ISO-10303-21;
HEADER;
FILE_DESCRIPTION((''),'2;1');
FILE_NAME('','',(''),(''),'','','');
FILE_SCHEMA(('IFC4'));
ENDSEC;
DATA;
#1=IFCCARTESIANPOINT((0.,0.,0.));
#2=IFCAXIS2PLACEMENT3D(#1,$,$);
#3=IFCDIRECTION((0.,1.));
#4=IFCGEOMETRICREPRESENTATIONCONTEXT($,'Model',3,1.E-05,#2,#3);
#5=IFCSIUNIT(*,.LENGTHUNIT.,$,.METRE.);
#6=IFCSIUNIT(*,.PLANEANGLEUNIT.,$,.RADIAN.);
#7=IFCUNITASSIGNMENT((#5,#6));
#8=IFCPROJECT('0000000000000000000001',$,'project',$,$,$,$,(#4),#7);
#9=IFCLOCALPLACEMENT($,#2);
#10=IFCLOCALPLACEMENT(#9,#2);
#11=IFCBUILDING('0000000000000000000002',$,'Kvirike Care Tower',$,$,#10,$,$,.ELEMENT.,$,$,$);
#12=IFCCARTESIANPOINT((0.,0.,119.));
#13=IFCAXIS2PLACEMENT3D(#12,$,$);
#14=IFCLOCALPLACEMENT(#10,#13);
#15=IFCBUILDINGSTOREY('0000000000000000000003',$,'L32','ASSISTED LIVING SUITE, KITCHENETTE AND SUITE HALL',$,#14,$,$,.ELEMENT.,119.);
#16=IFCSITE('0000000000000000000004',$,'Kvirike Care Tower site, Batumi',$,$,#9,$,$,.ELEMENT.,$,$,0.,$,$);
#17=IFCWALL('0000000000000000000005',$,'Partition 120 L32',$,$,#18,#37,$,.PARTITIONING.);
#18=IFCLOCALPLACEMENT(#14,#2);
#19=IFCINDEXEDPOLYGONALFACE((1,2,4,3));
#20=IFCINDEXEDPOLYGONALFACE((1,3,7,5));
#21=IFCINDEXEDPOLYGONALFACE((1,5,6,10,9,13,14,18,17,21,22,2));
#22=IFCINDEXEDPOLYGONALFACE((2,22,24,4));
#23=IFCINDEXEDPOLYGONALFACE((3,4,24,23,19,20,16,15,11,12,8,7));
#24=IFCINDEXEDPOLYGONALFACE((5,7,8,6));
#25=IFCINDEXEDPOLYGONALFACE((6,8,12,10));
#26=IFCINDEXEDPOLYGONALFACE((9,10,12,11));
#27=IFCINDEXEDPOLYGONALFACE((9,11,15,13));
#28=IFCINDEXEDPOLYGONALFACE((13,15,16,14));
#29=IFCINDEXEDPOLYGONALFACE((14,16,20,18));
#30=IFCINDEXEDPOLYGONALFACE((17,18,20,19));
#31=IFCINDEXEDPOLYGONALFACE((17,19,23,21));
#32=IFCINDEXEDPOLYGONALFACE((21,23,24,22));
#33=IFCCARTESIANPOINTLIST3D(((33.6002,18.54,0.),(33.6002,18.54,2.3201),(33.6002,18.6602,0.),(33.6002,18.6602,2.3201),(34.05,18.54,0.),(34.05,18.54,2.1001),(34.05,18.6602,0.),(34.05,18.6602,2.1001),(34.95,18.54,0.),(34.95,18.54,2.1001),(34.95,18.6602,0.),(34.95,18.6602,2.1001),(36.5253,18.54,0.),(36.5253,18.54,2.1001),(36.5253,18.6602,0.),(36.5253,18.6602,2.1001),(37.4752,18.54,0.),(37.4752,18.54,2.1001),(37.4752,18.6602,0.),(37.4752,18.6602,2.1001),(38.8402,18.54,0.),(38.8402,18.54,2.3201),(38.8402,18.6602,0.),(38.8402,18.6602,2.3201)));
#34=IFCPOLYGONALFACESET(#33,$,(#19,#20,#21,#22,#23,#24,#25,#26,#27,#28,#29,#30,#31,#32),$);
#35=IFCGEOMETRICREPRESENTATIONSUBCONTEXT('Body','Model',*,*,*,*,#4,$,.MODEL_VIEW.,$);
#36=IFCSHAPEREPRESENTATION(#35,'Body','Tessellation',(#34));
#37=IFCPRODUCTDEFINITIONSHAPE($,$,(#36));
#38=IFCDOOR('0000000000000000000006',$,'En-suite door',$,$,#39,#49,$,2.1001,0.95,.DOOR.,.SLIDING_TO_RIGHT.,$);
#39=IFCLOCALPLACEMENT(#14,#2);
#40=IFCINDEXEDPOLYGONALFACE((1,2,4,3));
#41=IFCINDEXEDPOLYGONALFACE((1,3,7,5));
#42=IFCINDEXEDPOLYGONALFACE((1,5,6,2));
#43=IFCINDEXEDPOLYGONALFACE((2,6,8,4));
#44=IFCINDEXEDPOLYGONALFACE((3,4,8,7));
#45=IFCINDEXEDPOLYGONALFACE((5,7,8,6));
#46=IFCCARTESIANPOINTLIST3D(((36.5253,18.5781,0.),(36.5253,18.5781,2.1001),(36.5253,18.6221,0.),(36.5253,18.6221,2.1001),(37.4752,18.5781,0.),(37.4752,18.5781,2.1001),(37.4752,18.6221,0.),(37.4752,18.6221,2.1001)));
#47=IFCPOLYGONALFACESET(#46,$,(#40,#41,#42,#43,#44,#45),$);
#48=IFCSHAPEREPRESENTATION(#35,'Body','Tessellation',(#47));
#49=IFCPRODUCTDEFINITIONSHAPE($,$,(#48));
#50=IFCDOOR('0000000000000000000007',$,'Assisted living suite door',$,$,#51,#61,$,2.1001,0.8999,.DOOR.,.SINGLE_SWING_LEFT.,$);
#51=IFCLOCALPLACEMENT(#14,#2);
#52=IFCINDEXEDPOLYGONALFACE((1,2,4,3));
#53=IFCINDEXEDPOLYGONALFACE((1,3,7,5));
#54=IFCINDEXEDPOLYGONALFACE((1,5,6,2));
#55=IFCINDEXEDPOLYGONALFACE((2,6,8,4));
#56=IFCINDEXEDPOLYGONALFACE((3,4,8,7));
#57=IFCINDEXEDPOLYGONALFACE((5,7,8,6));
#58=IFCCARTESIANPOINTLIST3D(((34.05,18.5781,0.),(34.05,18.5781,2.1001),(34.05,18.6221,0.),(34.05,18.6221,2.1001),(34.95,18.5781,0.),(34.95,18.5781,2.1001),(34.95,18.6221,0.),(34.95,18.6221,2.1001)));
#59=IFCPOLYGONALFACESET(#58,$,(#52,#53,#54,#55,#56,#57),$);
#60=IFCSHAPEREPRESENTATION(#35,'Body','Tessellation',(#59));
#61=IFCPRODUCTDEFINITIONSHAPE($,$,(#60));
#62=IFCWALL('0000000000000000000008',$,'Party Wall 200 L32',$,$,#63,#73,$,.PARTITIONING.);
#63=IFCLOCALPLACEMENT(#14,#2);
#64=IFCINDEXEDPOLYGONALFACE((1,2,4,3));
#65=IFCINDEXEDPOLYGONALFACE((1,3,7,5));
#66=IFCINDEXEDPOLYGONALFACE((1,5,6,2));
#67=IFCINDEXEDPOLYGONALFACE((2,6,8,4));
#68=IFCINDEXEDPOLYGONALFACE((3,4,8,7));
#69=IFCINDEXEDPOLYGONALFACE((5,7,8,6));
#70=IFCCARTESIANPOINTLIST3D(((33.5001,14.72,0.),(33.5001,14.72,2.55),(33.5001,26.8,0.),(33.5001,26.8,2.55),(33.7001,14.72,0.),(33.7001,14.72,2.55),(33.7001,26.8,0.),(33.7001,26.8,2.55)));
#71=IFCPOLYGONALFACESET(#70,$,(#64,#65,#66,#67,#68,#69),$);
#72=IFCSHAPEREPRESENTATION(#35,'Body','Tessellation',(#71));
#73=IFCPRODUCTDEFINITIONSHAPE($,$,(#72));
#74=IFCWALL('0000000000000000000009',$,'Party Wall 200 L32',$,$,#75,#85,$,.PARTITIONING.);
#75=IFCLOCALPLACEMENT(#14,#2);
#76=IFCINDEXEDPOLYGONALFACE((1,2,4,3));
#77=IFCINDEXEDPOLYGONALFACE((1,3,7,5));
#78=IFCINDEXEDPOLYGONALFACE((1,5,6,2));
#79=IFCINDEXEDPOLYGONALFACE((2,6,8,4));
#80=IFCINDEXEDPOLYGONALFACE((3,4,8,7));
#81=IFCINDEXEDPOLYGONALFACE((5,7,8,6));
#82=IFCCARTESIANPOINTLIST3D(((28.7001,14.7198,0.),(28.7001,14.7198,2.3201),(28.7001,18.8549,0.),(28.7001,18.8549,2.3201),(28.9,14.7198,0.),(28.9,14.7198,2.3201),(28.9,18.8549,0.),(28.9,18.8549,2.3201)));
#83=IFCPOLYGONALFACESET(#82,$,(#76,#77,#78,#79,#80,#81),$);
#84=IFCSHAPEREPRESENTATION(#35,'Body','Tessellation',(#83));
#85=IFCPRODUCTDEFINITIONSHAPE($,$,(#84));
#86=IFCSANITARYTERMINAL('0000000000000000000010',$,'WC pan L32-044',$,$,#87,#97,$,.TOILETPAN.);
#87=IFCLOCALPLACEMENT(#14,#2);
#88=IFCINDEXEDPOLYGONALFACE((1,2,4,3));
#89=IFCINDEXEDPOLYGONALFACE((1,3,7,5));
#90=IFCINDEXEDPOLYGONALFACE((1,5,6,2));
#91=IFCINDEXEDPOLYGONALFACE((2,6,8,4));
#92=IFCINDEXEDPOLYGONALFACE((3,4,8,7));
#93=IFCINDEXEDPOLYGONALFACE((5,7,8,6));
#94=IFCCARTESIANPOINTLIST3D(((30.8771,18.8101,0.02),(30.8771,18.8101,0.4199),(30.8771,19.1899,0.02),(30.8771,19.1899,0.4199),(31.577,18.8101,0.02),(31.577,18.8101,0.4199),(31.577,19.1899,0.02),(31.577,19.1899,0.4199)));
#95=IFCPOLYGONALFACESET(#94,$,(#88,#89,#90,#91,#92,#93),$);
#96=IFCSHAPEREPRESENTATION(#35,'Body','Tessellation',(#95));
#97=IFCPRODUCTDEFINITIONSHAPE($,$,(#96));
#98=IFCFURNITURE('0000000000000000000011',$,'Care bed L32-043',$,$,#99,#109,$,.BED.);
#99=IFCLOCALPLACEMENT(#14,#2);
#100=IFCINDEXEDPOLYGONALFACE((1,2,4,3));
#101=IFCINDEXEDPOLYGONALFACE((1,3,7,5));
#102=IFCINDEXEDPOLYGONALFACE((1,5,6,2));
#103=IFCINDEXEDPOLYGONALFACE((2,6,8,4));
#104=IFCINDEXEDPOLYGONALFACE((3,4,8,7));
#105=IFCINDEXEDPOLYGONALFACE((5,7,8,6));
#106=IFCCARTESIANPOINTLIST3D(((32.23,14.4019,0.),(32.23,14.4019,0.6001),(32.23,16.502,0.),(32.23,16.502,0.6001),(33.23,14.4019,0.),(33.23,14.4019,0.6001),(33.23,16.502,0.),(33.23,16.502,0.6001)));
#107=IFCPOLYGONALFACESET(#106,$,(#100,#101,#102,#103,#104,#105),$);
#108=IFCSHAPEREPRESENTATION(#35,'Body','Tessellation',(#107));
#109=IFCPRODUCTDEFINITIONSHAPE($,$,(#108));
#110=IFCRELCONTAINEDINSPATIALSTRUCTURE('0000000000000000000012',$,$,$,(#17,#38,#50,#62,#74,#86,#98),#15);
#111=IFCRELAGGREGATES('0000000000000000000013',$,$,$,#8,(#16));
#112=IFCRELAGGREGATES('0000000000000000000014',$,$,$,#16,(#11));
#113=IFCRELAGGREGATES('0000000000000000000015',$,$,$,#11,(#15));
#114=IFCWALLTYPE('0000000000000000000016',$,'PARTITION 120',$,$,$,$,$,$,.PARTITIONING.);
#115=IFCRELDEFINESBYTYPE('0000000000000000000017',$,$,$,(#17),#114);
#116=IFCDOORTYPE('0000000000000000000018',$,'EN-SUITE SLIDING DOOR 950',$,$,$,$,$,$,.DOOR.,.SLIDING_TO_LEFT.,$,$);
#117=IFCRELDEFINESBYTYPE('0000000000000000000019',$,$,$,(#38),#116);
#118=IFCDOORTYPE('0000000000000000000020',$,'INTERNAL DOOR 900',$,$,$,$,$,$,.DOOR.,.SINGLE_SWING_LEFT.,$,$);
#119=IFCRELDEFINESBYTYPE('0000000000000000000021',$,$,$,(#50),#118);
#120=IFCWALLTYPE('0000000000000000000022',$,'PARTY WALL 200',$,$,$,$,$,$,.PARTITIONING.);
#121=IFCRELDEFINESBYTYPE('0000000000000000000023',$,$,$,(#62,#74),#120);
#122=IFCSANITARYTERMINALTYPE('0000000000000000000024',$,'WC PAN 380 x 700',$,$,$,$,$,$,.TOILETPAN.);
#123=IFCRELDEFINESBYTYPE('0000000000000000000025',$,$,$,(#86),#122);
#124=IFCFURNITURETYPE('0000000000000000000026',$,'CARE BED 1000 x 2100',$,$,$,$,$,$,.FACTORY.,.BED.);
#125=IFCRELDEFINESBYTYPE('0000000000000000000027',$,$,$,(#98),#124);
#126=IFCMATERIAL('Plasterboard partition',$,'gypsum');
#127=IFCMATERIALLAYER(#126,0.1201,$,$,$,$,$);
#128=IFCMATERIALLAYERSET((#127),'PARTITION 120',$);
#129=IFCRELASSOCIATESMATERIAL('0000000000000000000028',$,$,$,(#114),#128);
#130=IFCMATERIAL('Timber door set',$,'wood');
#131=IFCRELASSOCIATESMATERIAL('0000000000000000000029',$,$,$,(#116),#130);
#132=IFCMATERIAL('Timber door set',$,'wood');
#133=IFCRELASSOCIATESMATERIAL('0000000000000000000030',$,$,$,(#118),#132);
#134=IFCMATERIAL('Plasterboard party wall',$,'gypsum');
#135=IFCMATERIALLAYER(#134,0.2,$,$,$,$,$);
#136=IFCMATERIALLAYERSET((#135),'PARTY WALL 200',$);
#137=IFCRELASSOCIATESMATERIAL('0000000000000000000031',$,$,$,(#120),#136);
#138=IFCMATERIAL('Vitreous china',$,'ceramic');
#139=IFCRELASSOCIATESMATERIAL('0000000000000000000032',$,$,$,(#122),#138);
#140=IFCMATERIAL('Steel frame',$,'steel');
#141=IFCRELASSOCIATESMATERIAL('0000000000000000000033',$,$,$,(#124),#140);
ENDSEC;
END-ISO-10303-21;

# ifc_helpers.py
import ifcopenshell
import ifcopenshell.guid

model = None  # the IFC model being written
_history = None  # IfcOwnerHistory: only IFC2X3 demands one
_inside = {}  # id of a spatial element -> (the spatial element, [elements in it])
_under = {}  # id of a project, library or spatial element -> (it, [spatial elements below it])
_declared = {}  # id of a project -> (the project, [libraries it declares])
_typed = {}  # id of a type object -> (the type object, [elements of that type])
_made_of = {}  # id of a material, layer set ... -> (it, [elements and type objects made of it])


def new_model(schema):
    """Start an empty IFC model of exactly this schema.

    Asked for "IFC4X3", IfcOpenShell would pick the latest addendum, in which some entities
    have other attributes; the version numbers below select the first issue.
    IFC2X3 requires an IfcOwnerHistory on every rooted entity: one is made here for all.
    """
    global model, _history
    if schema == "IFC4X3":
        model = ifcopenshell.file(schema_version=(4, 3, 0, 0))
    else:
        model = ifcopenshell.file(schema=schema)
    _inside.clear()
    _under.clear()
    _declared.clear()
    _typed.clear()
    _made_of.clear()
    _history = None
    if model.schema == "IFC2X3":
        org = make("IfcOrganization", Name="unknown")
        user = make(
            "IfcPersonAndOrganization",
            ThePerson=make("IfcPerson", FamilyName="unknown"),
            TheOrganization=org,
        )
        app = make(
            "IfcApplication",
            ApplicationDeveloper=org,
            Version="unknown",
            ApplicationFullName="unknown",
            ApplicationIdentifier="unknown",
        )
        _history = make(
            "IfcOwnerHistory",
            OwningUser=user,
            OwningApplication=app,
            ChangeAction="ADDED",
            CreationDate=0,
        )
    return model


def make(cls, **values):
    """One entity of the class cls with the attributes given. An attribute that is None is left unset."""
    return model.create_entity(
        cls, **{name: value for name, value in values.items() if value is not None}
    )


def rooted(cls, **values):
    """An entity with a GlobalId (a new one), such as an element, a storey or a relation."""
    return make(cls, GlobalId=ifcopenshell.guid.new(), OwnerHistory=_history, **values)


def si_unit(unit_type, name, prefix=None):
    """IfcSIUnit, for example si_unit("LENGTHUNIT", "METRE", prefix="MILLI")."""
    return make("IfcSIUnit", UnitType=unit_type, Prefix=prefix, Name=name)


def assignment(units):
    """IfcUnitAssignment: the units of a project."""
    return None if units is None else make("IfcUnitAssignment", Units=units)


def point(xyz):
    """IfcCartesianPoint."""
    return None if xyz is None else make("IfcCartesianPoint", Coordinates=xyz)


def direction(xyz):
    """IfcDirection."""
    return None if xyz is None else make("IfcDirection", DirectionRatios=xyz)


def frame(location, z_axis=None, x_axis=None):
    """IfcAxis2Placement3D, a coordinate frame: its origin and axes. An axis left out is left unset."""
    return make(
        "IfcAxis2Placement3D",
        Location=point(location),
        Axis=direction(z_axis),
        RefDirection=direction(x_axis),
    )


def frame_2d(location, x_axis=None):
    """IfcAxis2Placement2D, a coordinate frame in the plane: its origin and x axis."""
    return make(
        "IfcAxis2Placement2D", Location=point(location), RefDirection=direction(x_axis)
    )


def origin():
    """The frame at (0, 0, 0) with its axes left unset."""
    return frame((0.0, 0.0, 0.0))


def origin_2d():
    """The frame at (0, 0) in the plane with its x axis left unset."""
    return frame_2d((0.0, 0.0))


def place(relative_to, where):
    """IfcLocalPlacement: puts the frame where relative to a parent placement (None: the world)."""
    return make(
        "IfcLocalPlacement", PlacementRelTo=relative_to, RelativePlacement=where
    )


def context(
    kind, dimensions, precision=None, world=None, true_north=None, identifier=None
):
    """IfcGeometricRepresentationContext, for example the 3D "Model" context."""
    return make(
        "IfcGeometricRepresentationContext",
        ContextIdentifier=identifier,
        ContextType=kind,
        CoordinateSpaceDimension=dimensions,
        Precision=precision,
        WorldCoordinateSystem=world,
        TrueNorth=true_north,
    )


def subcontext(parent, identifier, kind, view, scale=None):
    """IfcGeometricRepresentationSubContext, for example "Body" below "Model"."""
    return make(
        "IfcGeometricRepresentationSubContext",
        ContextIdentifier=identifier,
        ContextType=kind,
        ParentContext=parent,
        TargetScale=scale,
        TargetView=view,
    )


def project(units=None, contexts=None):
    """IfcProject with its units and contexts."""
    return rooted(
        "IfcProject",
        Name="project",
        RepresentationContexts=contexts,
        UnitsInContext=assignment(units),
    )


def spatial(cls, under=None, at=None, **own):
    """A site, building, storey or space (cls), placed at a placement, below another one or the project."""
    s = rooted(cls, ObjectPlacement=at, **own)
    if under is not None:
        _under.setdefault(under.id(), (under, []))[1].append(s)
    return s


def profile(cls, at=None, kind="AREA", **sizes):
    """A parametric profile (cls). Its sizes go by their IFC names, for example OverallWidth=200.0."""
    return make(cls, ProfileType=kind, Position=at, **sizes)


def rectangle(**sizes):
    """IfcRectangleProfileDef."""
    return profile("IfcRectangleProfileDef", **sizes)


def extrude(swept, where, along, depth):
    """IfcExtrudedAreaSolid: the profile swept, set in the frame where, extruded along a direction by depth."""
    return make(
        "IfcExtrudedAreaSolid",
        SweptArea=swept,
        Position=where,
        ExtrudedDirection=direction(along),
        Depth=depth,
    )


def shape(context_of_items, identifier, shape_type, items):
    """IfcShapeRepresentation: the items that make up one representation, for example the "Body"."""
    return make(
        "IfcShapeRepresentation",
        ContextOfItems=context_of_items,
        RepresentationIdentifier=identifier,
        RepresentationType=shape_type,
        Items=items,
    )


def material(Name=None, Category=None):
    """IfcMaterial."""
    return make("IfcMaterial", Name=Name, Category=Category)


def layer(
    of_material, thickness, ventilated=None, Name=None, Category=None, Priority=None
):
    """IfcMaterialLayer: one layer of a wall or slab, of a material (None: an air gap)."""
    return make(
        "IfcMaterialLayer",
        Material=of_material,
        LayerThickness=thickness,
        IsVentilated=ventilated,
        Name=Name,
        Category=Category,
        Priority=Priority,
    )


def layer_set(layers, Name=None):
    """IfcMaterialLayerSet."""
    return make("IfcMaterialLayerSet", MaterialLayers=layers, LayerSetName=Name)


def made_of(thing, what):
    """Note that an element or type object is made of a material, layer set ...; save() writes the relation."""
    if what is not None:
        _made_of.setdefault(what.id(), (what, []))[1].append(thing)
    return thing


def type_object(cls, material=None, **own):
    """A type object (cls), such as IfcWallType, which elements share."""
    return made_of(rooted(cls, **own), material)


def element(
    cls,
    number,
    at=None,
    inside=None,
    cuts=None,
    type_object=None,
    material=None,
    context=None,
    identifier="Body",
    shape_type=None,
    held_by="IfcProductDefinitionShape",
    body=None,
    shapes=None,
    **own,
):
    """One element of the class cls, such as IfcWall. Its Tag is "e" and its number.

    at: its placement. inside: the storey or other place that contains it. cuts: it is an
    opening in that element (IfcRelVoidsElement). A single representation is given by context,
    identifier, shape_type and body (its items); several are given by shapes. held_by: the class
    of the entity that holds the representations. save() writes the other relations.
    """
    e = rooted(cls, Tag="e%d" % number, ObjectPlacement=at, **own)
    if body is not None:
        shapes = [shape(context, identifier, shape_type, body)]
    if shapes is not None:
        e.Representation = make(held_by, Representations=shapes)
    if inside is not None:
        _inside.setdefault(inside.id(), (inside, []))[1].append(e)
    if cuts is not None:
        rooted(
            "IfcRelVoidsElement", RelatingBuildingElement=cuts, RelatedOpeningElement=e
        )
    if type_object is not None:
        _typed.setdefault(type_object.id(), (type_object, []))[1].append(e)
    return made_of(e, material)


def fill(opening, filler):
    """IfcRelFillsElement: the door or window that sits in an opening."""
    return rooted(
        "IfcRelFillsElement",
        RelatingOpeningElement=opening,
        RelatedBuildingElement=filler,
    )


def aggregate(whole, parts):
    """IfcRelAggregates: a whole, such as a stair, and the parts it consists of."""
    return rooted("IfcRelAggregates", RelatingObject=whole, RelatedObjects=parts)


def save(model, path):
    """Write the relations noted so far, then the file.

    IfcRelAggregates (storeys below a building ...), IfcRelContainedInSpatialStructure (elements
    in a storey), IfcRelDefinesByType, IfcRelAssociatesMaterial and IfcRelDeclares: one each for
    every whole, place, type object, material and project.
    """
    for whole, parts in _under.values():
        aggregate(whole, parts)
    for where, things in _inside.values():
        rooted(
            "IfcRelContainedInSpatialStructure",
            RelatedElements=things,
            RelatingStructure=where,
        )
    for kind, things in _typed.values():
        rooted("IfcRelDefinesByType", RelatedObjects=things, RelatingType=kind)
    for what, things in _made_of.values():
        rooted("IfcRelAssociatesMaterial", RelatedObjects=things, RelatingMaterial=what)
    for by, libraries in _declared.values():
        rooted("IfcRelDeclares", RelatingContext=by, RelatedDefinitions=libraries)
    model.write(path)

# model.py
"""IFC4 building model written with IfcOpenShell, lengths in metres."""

from ifc_helpers import new_model, si_unit, direction, frame, frame_2d, origin, origin_2d, place, context, subcontext, project, spatial, rectangle, extrude, material, layer, layer_set, type_object, element, fill, save


model = new_model("IFC4")

# Units and contexts
model_context = context("Model", 3, precision=1e-05, world=origin(), true_north=direction((0.0, 1.0)))
body_context = subcontext(model_context, "Body", "Model", "MODEL_VIEW")
ifc_project = project(units=[si_unit("LENGTHUNIT", "METRE"), si_unit("PLANEANGLEUNIT", "RADIAN")], contexts=[model_context])

# Site, building, storey
site_placement = place(None, origin())
site = spatial("IfcSite", under=ifc_project, at=site_placement, Name="Kvirike Care Tower site, Batumi", CompositionType="ELEMENT", RefElevation=0.0)
building_placement = place(site_placement, origin())
building = spatial("IfcBuilding", under=site, at=building_placement, Name="Kvirike Care Tower", CompositionType="ELEMENT")
storey_placement = place(building_placement, frame((0.0, 0.0, 119.0)))
storey = spatial("IfcBuildingStorey", under=building, at=storey_placement, Name="L32", Description="ASSISTED LIVING SUITE, KITCHENETTE AND SUITE HALL", CompositionType="ELEMENT", Elevation=119.0)

# Wall, openings, doors
ifc_material_1 = material(Name="Plasterboard partition", Category="gypsum")
ifc_layer_1 = layer(ifc_material_1, 0.1201)
ifc_layer_set_1 = layer_set([ifc_layer_1], Name="PARTITION 120")
wall_type_1 = type_object("IfcWallType", Name="PARTITION 120", PredefinedType="PARTITIONING", material=ifc_layer_set_1)
ifc_material_2 = material(Name="Timber door set", Category="wood")
door_type_1 = type_object("IfcDoorType", Name="EN-SUITE SLIDING DOOR 950", OperationType="SLIDING_TO_LEFT", PredefinedType="DOOR", material=ifc_material_2)
ifc_material_3 = material(Name="Timber door set", Category="wood")
door_type_2 = type_object("IfcDoorType", Name="INTERNAL DOOR 900", OperationType="SINGLE_SWING_LEFT", PredefinedType="DOOR", material=ifc_material_3)
wall_1_placement = place(storey_placement, frame((33.6001, 18.6001, 0.0), z_axis=(0.0, 0.0, 1.0), x_axis=(1.0, 0.0, 0.0)))
wall_1 = element("IfcWall", 1, at=wall_1_placement, inside=storey, type_object=wall_type_1, Name="Partition 120 L32", PredefinedType="PARTITIONING", context=body_context, shape_type="SweptSolid", body=[
    extrude(rectangle(XDim=5.24, YDim=0.1201, at=frame_2d((2.6201, 0.0))), origin(), (0.0, 0.0, 1.0), 2.3201),
])
opening_1_placement = place(wall_1_placement, frame((0.45, 0.0, 0.0)))
opening_1 = element("IfcOpeningElement", 2, at=opening_1_placement, cuts=wall_1, PredefinedType="OPENING", context=body_context, shape_type="SweptSolid", body=[
    extrude(rectangle(XDim=0.8999, YDim=2.1001, at=frame_2d((0.45, 1.05))), frame((0.0, 0.0706, 0.0), z_axis=(0.0, -1.0, 0.0), x_axis=(1.0, 0.0, 0.0)), (0.0, 0.0, 1.0), 0.1411),
])
opening_2_placement = place(wall_1_placement, frame((2.925, 0.0, 0.0)))
opening_2 = element("IfcOpeningElement", 3, at=opening_2_placement, cuts=wall_1, PredefinedType="OPENING", context=body_context, shape_type="SweptSolid", body=[
    extrude(rectangle(XDim=0.95, YDim=2.1001, at=frame_2d((0.4751, 1.05))), frame((0.0, 0.0706, 0.0), z_axis=(0.0, -1.0, 0.0), x_axis=(1.0, 0.0, 0.0)), (0.0, 0.0, 1.0), 0.1411),
])
door_1_placement = place(opening_2_placement, origin())
door_1 = element("IfcDoor", 4, at=door_1_placement, inside=storey, type_object=door_type_1, Name="En-suite door", OperationType="SLIDING_TO_RIGHT", OverallHeight=2.1001, OverallWidth=0.95, PredefinedType="DOOR", context=body_context, shape_type="SweptSolid", body=[
    extrude(rectangle(XDim=0.95, YDim=2.1001, at=frame_2d((0.4751, 1.05))), frame((0.0, 0.022, 0.0), z_axis=(0.0, -1.0, 0.0), x_axis=(1.0, 0.0, 0.0)), (0.0, 0.0, 1.0), 0.0439),
])
fill(opening_2, door_1)
door_2_placement = place(opening_1_placement, frame((0.8999, 0.0, 0.0), z_axis=(0.0, 0.0, 1.0), x_axis=(-1.0, 0.0, 0.0)))
door_2 = element("IfcDoor", 5, at=door_2_placement, inside=storey, type_object=door_type_2, Name="Assisted living suite door", OperationType="SINGLE_SWING_LEFT", OverallHeight=2.1001, OverallWidth=0.8999, PredefinedType="DOOR", context=body_context, shape_type="SweptSolid", body=[
    extrude(rectangle(XDim=0.8999, YDim=2.1001, at=frame_2d((0.45, 1.05))), frame((0.0, 0.022, 0.0), z_axis=(0.0, -1.0, 0.0), x_axis=(1.0, 0.0, 0.0)), (0.0, 0.0, 1.0), 0.0439),
])
fill(opening_1, door_2)

# Walls
ifc_material_4 = material(Name="Plasterboard party wall", Category="gypsum")
ifc_layer_2 = layer(ifc_material_4, 0.2)
ifc_layer_set_2 = layer_set([ifc_layer_2], Name="PARTY WALL 200")
wall_type_2 = type_object("IfcWallType", Name="PARTY WALL 200", PredefinedType="PARTITIONING", material=ifc_layer_set_2)
wall_2_placement = place(storey_placement, frame((33.6001, 14.72, 0.0), z_axis=(0.0, 0.0, 1.0), x_axis=(0.0, 1.0, 0.0)))
element("IfcWall", 6, at=wall_2_placement, inside=storey, type_object=wall_type_2, Name="Party Wall 200 L32", PredefinedType="PARTITIONING", context=body_context, shape_type="SweptSolid", body=[
    extrude(rectangle(XDim=12.0801, YDim=0.2, at=frame_2d((6.04, 0.0))), origin(), (0.0, 0.0, 1.0), 2.55),
])
wall_3_placement = place(storey_placement, frame((28.8, 14.72, 0.0), z_axis=(0.0, 0.0, 1.0), x_axis=(0.0, 1.0, 0.0)))
element("IfcWall", 7, at=wall_3_placement, inside=storey, type_object=wall_type_2, Name="Party Wall 200 L32", PredefinedType="PARTITIONING", context=body_context, shape_type="SweptSolid", body=[
    extrude(rectangle(XDim=4.135, YDim=0.2, at=frame_2d((2.0674, 0.0))), origin(), (0.0, 0.0, 1.0), 2.3201),
])

# Sanitary terminal
ifc_material_5 = material(Name="Vitreous china", Category="ceramic")
sanitary_terminal_type = type_object("IfcSanitaryTerminalType", Name="WC PAN 380 x 700", PredefinedType="TOILETPAN", material=ifc_material_5)
sanitary_terminal_placement = place(storey_placement, frame((31.2271, 19.0, 0.02), z_axis=(0.0, 0.0, 1.0), x_axis=(0.0, 1.0, 0.0)))
element("IfcSanitaryTerminal", 8, at=sanitary_terminal_placement, inside=storey, type_object=sanitary_terminal_type, Name="WC pan L32-044", PredefinedType="TOILETPAN", context=body_context, shape_type="SweptSolid", body=[
    extrude(rectangle(XDim=0.3799, YDim=0.7, at=origin_2d()), origin(), (0.0, 0.0, 1.0), 0.3999),
])

# Furniture
ifc_material_6 = material(Name="Steel frame", Category="steel")
furniture_type = type_object("IfcFurnitureType", Name="CARE BED 1000 x 2100", AssemblyPlace="FACTORY", PredefinedType="BED", material=ifc_material_6)
furniture_placement = place(storey_placement, frame((32.73, 15.4519, 0.0), z_axis=(0.0, 0.0, 1.0), x_axis=(-1.0, 0.0, 0.0)))
element("IfcFurniture", 9, at=furniture_placement, inside=storey, type_object=furniture_type, Name="Care bed L32-043", PredefinedType="BED", context=body_context, shape_type="SweptSolid", body=[
    extrude(rectangle(XDim=1.0, YDim=2.1001, at=origin_2d()), origin(), (0.0, 0.0, 1.0), 0.6001),
])

save(model, "model.ifc")
